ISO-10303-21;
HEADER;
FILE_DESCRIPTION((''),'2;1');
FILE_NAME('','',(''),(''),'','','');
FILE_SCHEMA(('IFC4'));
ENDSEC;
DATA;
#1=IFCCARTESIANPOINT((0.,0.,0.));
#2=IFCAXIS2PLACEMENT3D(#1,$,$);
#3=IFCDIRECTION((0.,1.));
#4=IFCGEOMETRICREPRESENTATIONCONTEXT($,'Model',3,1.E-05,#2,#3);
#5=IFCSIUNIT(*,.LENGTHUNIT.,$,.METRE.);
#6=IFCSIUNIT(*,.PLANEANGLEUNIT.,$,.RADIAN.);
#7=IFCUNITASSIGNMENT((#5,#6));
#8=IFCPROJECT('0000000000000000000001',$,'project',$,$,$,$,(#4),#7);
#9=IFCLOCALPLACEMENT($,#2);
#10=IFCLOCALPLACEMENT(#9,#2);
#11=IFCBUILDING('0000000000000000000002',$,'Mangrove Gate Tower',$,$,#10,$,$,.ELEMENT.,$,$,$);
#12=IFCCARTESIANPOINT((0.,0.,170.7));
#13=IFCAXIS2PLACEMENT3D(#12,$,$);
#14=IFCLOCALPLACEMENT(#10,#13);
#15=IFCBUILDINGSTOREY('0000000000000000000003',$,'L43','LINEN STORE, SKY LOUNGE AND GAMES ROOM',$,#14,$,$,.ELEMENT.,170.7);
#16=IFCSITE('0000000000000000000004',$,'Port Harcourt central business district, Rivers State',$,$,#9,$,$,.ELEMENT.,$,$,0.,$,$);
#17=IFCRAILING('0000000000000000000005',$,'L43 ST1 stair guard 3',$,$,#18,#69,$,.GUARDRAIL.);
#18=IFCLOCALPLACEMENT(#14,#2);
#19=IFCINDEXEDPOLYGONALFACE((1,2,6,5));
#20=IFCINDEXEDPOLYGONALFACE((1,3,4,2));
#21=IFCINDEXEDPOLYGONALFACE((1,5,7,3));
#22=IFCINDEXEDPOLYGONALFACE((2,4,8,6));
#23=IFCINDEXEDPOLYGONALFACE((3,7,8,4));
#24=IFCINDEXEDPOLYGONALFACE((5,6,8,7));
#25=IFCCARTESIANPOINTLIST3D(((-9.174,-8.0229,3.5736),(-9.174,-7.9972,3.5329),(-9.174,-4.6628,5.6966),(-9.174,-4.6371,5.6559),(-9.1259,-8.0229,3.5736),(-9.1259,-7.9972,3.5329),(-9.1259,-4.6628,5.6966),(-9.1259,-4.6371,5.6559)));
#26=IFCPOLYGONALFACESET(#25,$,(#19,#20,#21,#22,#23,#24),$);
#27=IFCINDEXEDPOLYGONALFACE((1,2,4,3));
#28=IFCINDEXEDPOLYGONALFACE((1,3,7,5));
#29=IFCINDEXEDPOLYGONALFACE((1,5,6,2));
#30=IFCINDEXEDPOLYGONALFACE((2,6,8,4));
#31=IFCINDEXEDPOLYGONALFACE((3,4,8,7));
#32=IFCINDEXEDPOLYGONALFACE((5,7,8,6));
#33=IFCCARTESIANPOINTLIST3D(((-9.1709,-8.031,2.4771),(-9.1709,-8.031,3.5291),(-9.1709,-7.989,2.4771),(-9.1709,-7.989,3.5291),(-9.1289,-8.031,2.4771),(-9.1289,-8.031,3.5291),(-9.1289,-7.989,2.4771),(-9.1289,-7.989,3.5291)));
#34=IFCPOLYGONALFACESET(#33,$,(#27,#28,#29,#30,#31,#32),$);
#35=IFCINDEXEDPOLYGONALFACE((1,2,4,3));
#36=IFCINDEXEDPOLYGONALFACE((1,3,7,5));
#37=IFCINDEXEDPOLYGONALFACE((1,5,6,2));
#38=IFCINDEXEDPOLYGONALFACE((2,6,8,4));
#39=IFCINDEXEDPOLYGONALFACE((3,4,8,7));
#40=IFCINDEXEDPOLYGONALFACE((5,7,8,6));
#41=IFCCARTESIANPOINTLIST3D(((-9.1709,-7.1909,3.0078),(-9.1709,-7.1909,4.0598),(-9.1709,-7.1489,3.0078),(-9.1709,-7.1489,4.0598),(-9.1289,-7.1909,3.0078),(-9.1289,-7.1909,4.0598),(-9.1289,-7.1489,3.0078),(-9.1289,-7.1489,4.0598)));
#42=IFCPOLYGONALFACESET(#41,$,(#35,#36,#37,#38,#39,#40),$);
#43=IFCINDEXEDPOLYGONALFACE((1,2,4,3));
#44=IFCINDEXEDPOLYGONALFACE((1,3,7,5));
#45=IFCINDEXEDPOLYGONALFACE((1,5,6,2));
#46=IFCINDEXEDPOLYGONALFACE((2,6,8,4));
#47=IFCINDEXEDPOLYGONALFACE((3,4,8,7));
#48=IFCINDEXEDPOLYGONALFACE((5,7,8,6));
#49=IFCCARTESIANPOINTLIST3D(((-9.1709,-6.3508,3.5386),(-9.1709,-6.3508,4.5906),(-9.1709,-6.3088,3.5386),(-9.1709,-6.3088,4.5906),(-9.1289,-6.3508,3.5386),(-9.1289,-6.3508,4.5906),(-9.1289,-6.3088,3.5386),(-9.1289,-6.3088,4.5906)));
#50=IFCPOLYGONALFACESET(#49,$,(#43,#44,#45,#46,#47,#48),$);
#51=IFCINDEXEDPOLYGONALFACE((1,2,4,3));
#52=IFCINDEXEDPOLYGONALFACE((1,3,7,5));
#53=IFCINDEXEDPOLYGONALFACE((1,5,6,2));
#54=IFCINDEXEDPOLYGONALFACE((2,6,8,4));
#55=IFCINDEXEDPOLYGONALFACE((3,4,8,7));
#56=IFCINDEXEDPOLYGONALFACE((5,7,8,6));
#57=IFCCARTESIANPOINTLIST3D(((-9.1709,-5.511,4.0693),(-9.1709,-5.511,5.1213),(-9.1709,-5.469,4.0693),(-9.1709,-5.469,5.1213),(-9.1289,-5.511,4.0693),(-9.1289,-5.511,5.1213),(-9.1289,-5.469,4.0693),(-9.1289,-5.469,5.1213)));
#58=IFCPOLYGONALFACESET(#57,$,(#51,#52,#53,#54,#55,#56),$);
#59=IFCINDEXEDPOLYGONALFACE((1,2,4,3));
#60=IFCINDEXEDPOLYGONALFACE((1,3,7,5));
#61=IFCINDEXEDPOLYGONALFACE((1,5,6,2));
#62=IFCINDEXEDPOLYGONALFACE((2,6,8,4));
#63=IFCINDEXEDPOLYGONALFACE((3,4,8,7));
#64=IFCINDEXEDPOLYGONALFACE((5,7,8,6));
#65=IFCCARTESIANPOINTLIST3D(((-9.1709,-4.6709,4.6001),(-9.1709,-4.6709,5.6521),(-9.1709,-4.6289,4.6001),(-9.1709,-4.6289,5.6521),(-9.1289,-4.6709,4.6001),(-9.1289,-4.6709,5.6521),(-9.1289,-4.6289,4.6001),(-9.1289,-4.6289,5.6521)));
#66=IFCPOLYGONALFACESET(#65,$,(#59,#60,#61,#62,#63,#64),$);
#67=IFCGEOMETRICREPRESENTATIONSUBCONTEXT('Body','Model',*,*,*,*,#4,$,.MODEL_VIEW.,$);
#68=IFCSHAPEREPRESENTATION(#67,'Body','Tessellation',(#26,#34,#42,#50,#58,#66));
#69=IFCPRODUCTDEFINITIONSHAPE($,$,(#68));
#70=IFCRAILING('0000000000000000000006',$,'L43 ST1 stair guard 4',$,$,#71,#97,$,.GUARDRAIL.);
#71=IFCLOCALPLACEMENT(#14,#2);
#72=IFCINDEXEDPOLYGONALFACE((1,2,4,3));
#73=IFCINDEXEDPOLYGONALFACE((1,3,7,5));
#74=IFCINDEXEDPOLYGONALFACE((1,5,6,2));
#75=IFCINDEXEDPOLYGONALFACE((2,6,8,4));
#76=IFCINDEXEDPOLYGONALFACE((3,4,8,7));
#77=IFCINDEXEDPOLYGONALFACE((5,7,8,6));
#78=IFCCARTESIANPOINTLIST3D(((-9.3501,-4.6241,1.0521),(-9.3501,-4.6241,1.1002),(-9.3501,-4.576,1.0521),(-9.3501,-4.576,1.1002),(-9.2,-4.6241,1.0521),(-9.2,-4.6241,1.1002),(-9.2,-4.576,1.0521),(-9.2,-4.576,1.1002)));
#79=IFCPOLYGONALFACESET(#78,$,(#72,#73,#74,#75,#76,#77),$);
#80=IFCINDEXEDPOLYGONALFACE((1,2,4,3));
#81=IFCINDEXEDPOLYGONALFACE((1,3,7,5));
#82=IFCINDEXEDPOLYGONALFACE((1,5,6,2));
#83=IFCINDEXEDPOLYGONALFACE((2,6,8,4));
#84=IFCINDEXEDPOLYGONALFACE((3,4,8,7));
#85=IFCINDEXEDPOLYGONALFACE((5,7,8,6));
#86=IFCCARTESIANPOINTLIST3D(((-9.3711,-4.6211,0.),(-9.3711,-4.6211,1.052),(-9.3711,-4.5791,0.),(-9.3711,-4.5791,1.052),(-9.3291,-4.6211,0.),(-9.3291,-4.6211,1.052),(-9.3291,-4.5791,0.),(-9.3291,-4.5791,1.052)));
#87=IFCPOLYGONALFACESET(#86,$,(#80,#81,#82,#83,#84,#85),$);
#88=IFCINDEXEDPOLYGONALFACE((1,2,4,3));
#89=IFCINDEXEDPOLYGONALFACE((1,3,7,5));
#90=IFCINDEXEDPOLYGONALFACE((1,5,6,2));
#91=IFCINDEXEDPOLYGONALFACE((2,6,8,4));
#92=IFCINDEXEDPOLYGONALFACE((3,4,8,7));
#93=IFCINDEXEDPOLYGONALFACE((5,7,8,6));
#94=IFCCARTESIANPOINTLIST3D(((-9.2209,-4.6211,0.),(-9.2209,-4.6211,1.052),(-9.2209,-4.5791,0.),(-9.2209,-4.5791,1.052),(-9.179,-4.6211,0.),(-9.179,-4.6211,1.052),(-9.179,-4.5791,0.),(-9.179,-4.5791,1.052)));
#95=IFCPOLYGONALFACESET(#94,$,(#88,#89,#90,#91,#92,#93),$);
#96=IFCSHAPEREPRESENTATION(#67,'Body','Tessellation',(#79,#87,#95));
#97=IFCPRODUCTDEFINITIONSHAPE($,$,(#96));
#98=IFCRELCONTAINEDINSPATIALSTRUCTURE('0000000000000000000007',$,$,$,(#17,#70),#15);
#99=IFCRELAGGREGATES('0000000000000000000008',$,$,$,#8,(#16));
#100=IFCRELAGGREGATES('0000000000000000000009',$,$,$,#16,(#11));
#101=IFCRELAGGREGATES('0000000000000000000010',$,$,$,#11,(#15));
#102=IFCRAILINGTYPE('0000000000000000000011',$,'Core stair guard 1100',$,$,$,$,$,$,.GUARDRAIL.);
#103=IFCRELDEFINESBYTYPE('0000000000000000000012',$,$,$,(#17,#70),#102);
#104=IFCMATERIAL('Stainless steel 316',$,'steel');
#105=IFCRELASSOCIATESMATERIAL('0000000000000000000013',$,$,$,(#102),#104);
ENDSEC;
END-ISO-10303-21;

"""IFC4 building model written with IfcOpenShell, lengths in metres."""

from ifc_helpers import new_model, si_unit, direction, frame, origin, origin_2d, place, context, subcontext, project, spatial, rectangle, extrude, material, type_object, element, save


model = new_model("IFC4")

# Units and contexts
model_context = context("Model", 3, precision=1e-05, world=origin(), true_north=direction((0.0, 1.0)))
body_context = subcontext(model_context, "Body", "Model", "MODEL_VIEW")
ifc_project = project(units=[si_unit("LENGTHUNIT", "METRE"), si_unit("PLANEANGLEUNIT", "RADIAN")], contexts=[model_context])

# Site, building, storey
site_placement = place(None, origin())
site = spatial("IfcSite", under=ifc_project, at=site_placement, Name="Port Harcourt central business district, Rivers State", CompositionType="ELEMENT", RefElevation=0.0)
building_placement = place(site_placement, origin())
building = spatial("IfcBuilding", under=site, at=building_placement, Name="Mangrove Gate Tower", CompositionType="ELEMENT")
storey_placement = place(building_placement, frame((0.0, 0.0, 170.7)))
storey = spatial("IfcBuildingStorey", under=building, at=storey_placement, Name="L43", Description="LINEN STORE, SKY LOUNGE AND GAMES ROOM", CompositionType="ELEMENT", Elevation=170.7)

# Railings
ifc_material_1 = material(Name="Stainless steel 316", Category="steel")
railing_type_1 = type_object("IfcRailingType", Name="Core stair guard 1100", PredefinedType="GUARDRAIL", material=ifc_material_1)
railing_1_placement = place(storey_placement, frame((-9.1499, -8.01, 2.4771)))
element("IfcRailing", 1, at=railing_1_placement, inside=storey, type_object=railing_type_1, Name="L43 ST1 stair guard 3", PredefinedType="GUARDRAIL", context=body_context, shape_type="SweptSolid", body=[
    extrude(rectangle(XDim=0.0481, YDim=0.0481, at=origin_2d()), frame((0.0, 0.0, 1.0762), z_axis=(0.0, 0.84539, 0.53415), x_axis=(-1.0, 0.0, 0.0)), (0.0, 0.0, 1.0), 3.9746),
    extrude(rectangle(XDim=0.042, YDim=0.042, at=origin_2d()), origin(), (0.0, 0.0, 1.0), 1.052),
    extrude(rectangle(XDim=0.042, YDim=0.042, at=origin_2d()), frame((0.0, 0.8401, 0.5308)), (0.0, 0.0, 1.0), 1.052),
    extrude(rectangle(XDim=0.042, YDim=0.042, at=origin_2d()), frame((0.0, 1.6802, 1.0615)), (0.0, 0.0, 1.0), 1.052),
    extrude(rectangle(XDim=0.042, YDim=0.042, at=origin_2d()), frame((0.0, 2.52, 1.5923)), (0.0, 0.0, 1.0), 1.052),
    extrude(rectangle(XDim=0.042, YDim=0.042, at=origin_2d()), frame((0.0, 3.3601, 2.123)), (0.0, 0.0, 1.0), 1.052),
])
railing_2_placement = place(storey_placement, frame((-9.3501, -4.6001, 0.0)))
element("IfcRailing", 2, at=railing_2_placement, inside=storey, type_object=railing_type_1, Name="L43 ST1 stair guard 4", PredefinedType="GUARDRAIL", context=body_context, shape_type="SweptSolid", body=[
    extrude(rectangle(XDim=0.0481, YDim=0.0481, at=origin_2d()), frame((0.0, 0.0, 1.0762), z_axis=(1.0, 0.0, 0.0), x_axis=(0.0, 1.0, 0.0)), (0.0, 0.0, 1.0), 0.1501),
    extrude(rectangle(XDim=0.042, YDim=0.042, at=origin_2d()), origin(), (0.0, 0.0, 1.0), 1.052),
    extrude(rectangle(XDim=0.042, YDim=0.042, at=origin_2d()), frame((0.1501, 0.0, 0.0)), (0.0, 0.0, 1.0), 1.052),
])

save(model, "model.ifc")
